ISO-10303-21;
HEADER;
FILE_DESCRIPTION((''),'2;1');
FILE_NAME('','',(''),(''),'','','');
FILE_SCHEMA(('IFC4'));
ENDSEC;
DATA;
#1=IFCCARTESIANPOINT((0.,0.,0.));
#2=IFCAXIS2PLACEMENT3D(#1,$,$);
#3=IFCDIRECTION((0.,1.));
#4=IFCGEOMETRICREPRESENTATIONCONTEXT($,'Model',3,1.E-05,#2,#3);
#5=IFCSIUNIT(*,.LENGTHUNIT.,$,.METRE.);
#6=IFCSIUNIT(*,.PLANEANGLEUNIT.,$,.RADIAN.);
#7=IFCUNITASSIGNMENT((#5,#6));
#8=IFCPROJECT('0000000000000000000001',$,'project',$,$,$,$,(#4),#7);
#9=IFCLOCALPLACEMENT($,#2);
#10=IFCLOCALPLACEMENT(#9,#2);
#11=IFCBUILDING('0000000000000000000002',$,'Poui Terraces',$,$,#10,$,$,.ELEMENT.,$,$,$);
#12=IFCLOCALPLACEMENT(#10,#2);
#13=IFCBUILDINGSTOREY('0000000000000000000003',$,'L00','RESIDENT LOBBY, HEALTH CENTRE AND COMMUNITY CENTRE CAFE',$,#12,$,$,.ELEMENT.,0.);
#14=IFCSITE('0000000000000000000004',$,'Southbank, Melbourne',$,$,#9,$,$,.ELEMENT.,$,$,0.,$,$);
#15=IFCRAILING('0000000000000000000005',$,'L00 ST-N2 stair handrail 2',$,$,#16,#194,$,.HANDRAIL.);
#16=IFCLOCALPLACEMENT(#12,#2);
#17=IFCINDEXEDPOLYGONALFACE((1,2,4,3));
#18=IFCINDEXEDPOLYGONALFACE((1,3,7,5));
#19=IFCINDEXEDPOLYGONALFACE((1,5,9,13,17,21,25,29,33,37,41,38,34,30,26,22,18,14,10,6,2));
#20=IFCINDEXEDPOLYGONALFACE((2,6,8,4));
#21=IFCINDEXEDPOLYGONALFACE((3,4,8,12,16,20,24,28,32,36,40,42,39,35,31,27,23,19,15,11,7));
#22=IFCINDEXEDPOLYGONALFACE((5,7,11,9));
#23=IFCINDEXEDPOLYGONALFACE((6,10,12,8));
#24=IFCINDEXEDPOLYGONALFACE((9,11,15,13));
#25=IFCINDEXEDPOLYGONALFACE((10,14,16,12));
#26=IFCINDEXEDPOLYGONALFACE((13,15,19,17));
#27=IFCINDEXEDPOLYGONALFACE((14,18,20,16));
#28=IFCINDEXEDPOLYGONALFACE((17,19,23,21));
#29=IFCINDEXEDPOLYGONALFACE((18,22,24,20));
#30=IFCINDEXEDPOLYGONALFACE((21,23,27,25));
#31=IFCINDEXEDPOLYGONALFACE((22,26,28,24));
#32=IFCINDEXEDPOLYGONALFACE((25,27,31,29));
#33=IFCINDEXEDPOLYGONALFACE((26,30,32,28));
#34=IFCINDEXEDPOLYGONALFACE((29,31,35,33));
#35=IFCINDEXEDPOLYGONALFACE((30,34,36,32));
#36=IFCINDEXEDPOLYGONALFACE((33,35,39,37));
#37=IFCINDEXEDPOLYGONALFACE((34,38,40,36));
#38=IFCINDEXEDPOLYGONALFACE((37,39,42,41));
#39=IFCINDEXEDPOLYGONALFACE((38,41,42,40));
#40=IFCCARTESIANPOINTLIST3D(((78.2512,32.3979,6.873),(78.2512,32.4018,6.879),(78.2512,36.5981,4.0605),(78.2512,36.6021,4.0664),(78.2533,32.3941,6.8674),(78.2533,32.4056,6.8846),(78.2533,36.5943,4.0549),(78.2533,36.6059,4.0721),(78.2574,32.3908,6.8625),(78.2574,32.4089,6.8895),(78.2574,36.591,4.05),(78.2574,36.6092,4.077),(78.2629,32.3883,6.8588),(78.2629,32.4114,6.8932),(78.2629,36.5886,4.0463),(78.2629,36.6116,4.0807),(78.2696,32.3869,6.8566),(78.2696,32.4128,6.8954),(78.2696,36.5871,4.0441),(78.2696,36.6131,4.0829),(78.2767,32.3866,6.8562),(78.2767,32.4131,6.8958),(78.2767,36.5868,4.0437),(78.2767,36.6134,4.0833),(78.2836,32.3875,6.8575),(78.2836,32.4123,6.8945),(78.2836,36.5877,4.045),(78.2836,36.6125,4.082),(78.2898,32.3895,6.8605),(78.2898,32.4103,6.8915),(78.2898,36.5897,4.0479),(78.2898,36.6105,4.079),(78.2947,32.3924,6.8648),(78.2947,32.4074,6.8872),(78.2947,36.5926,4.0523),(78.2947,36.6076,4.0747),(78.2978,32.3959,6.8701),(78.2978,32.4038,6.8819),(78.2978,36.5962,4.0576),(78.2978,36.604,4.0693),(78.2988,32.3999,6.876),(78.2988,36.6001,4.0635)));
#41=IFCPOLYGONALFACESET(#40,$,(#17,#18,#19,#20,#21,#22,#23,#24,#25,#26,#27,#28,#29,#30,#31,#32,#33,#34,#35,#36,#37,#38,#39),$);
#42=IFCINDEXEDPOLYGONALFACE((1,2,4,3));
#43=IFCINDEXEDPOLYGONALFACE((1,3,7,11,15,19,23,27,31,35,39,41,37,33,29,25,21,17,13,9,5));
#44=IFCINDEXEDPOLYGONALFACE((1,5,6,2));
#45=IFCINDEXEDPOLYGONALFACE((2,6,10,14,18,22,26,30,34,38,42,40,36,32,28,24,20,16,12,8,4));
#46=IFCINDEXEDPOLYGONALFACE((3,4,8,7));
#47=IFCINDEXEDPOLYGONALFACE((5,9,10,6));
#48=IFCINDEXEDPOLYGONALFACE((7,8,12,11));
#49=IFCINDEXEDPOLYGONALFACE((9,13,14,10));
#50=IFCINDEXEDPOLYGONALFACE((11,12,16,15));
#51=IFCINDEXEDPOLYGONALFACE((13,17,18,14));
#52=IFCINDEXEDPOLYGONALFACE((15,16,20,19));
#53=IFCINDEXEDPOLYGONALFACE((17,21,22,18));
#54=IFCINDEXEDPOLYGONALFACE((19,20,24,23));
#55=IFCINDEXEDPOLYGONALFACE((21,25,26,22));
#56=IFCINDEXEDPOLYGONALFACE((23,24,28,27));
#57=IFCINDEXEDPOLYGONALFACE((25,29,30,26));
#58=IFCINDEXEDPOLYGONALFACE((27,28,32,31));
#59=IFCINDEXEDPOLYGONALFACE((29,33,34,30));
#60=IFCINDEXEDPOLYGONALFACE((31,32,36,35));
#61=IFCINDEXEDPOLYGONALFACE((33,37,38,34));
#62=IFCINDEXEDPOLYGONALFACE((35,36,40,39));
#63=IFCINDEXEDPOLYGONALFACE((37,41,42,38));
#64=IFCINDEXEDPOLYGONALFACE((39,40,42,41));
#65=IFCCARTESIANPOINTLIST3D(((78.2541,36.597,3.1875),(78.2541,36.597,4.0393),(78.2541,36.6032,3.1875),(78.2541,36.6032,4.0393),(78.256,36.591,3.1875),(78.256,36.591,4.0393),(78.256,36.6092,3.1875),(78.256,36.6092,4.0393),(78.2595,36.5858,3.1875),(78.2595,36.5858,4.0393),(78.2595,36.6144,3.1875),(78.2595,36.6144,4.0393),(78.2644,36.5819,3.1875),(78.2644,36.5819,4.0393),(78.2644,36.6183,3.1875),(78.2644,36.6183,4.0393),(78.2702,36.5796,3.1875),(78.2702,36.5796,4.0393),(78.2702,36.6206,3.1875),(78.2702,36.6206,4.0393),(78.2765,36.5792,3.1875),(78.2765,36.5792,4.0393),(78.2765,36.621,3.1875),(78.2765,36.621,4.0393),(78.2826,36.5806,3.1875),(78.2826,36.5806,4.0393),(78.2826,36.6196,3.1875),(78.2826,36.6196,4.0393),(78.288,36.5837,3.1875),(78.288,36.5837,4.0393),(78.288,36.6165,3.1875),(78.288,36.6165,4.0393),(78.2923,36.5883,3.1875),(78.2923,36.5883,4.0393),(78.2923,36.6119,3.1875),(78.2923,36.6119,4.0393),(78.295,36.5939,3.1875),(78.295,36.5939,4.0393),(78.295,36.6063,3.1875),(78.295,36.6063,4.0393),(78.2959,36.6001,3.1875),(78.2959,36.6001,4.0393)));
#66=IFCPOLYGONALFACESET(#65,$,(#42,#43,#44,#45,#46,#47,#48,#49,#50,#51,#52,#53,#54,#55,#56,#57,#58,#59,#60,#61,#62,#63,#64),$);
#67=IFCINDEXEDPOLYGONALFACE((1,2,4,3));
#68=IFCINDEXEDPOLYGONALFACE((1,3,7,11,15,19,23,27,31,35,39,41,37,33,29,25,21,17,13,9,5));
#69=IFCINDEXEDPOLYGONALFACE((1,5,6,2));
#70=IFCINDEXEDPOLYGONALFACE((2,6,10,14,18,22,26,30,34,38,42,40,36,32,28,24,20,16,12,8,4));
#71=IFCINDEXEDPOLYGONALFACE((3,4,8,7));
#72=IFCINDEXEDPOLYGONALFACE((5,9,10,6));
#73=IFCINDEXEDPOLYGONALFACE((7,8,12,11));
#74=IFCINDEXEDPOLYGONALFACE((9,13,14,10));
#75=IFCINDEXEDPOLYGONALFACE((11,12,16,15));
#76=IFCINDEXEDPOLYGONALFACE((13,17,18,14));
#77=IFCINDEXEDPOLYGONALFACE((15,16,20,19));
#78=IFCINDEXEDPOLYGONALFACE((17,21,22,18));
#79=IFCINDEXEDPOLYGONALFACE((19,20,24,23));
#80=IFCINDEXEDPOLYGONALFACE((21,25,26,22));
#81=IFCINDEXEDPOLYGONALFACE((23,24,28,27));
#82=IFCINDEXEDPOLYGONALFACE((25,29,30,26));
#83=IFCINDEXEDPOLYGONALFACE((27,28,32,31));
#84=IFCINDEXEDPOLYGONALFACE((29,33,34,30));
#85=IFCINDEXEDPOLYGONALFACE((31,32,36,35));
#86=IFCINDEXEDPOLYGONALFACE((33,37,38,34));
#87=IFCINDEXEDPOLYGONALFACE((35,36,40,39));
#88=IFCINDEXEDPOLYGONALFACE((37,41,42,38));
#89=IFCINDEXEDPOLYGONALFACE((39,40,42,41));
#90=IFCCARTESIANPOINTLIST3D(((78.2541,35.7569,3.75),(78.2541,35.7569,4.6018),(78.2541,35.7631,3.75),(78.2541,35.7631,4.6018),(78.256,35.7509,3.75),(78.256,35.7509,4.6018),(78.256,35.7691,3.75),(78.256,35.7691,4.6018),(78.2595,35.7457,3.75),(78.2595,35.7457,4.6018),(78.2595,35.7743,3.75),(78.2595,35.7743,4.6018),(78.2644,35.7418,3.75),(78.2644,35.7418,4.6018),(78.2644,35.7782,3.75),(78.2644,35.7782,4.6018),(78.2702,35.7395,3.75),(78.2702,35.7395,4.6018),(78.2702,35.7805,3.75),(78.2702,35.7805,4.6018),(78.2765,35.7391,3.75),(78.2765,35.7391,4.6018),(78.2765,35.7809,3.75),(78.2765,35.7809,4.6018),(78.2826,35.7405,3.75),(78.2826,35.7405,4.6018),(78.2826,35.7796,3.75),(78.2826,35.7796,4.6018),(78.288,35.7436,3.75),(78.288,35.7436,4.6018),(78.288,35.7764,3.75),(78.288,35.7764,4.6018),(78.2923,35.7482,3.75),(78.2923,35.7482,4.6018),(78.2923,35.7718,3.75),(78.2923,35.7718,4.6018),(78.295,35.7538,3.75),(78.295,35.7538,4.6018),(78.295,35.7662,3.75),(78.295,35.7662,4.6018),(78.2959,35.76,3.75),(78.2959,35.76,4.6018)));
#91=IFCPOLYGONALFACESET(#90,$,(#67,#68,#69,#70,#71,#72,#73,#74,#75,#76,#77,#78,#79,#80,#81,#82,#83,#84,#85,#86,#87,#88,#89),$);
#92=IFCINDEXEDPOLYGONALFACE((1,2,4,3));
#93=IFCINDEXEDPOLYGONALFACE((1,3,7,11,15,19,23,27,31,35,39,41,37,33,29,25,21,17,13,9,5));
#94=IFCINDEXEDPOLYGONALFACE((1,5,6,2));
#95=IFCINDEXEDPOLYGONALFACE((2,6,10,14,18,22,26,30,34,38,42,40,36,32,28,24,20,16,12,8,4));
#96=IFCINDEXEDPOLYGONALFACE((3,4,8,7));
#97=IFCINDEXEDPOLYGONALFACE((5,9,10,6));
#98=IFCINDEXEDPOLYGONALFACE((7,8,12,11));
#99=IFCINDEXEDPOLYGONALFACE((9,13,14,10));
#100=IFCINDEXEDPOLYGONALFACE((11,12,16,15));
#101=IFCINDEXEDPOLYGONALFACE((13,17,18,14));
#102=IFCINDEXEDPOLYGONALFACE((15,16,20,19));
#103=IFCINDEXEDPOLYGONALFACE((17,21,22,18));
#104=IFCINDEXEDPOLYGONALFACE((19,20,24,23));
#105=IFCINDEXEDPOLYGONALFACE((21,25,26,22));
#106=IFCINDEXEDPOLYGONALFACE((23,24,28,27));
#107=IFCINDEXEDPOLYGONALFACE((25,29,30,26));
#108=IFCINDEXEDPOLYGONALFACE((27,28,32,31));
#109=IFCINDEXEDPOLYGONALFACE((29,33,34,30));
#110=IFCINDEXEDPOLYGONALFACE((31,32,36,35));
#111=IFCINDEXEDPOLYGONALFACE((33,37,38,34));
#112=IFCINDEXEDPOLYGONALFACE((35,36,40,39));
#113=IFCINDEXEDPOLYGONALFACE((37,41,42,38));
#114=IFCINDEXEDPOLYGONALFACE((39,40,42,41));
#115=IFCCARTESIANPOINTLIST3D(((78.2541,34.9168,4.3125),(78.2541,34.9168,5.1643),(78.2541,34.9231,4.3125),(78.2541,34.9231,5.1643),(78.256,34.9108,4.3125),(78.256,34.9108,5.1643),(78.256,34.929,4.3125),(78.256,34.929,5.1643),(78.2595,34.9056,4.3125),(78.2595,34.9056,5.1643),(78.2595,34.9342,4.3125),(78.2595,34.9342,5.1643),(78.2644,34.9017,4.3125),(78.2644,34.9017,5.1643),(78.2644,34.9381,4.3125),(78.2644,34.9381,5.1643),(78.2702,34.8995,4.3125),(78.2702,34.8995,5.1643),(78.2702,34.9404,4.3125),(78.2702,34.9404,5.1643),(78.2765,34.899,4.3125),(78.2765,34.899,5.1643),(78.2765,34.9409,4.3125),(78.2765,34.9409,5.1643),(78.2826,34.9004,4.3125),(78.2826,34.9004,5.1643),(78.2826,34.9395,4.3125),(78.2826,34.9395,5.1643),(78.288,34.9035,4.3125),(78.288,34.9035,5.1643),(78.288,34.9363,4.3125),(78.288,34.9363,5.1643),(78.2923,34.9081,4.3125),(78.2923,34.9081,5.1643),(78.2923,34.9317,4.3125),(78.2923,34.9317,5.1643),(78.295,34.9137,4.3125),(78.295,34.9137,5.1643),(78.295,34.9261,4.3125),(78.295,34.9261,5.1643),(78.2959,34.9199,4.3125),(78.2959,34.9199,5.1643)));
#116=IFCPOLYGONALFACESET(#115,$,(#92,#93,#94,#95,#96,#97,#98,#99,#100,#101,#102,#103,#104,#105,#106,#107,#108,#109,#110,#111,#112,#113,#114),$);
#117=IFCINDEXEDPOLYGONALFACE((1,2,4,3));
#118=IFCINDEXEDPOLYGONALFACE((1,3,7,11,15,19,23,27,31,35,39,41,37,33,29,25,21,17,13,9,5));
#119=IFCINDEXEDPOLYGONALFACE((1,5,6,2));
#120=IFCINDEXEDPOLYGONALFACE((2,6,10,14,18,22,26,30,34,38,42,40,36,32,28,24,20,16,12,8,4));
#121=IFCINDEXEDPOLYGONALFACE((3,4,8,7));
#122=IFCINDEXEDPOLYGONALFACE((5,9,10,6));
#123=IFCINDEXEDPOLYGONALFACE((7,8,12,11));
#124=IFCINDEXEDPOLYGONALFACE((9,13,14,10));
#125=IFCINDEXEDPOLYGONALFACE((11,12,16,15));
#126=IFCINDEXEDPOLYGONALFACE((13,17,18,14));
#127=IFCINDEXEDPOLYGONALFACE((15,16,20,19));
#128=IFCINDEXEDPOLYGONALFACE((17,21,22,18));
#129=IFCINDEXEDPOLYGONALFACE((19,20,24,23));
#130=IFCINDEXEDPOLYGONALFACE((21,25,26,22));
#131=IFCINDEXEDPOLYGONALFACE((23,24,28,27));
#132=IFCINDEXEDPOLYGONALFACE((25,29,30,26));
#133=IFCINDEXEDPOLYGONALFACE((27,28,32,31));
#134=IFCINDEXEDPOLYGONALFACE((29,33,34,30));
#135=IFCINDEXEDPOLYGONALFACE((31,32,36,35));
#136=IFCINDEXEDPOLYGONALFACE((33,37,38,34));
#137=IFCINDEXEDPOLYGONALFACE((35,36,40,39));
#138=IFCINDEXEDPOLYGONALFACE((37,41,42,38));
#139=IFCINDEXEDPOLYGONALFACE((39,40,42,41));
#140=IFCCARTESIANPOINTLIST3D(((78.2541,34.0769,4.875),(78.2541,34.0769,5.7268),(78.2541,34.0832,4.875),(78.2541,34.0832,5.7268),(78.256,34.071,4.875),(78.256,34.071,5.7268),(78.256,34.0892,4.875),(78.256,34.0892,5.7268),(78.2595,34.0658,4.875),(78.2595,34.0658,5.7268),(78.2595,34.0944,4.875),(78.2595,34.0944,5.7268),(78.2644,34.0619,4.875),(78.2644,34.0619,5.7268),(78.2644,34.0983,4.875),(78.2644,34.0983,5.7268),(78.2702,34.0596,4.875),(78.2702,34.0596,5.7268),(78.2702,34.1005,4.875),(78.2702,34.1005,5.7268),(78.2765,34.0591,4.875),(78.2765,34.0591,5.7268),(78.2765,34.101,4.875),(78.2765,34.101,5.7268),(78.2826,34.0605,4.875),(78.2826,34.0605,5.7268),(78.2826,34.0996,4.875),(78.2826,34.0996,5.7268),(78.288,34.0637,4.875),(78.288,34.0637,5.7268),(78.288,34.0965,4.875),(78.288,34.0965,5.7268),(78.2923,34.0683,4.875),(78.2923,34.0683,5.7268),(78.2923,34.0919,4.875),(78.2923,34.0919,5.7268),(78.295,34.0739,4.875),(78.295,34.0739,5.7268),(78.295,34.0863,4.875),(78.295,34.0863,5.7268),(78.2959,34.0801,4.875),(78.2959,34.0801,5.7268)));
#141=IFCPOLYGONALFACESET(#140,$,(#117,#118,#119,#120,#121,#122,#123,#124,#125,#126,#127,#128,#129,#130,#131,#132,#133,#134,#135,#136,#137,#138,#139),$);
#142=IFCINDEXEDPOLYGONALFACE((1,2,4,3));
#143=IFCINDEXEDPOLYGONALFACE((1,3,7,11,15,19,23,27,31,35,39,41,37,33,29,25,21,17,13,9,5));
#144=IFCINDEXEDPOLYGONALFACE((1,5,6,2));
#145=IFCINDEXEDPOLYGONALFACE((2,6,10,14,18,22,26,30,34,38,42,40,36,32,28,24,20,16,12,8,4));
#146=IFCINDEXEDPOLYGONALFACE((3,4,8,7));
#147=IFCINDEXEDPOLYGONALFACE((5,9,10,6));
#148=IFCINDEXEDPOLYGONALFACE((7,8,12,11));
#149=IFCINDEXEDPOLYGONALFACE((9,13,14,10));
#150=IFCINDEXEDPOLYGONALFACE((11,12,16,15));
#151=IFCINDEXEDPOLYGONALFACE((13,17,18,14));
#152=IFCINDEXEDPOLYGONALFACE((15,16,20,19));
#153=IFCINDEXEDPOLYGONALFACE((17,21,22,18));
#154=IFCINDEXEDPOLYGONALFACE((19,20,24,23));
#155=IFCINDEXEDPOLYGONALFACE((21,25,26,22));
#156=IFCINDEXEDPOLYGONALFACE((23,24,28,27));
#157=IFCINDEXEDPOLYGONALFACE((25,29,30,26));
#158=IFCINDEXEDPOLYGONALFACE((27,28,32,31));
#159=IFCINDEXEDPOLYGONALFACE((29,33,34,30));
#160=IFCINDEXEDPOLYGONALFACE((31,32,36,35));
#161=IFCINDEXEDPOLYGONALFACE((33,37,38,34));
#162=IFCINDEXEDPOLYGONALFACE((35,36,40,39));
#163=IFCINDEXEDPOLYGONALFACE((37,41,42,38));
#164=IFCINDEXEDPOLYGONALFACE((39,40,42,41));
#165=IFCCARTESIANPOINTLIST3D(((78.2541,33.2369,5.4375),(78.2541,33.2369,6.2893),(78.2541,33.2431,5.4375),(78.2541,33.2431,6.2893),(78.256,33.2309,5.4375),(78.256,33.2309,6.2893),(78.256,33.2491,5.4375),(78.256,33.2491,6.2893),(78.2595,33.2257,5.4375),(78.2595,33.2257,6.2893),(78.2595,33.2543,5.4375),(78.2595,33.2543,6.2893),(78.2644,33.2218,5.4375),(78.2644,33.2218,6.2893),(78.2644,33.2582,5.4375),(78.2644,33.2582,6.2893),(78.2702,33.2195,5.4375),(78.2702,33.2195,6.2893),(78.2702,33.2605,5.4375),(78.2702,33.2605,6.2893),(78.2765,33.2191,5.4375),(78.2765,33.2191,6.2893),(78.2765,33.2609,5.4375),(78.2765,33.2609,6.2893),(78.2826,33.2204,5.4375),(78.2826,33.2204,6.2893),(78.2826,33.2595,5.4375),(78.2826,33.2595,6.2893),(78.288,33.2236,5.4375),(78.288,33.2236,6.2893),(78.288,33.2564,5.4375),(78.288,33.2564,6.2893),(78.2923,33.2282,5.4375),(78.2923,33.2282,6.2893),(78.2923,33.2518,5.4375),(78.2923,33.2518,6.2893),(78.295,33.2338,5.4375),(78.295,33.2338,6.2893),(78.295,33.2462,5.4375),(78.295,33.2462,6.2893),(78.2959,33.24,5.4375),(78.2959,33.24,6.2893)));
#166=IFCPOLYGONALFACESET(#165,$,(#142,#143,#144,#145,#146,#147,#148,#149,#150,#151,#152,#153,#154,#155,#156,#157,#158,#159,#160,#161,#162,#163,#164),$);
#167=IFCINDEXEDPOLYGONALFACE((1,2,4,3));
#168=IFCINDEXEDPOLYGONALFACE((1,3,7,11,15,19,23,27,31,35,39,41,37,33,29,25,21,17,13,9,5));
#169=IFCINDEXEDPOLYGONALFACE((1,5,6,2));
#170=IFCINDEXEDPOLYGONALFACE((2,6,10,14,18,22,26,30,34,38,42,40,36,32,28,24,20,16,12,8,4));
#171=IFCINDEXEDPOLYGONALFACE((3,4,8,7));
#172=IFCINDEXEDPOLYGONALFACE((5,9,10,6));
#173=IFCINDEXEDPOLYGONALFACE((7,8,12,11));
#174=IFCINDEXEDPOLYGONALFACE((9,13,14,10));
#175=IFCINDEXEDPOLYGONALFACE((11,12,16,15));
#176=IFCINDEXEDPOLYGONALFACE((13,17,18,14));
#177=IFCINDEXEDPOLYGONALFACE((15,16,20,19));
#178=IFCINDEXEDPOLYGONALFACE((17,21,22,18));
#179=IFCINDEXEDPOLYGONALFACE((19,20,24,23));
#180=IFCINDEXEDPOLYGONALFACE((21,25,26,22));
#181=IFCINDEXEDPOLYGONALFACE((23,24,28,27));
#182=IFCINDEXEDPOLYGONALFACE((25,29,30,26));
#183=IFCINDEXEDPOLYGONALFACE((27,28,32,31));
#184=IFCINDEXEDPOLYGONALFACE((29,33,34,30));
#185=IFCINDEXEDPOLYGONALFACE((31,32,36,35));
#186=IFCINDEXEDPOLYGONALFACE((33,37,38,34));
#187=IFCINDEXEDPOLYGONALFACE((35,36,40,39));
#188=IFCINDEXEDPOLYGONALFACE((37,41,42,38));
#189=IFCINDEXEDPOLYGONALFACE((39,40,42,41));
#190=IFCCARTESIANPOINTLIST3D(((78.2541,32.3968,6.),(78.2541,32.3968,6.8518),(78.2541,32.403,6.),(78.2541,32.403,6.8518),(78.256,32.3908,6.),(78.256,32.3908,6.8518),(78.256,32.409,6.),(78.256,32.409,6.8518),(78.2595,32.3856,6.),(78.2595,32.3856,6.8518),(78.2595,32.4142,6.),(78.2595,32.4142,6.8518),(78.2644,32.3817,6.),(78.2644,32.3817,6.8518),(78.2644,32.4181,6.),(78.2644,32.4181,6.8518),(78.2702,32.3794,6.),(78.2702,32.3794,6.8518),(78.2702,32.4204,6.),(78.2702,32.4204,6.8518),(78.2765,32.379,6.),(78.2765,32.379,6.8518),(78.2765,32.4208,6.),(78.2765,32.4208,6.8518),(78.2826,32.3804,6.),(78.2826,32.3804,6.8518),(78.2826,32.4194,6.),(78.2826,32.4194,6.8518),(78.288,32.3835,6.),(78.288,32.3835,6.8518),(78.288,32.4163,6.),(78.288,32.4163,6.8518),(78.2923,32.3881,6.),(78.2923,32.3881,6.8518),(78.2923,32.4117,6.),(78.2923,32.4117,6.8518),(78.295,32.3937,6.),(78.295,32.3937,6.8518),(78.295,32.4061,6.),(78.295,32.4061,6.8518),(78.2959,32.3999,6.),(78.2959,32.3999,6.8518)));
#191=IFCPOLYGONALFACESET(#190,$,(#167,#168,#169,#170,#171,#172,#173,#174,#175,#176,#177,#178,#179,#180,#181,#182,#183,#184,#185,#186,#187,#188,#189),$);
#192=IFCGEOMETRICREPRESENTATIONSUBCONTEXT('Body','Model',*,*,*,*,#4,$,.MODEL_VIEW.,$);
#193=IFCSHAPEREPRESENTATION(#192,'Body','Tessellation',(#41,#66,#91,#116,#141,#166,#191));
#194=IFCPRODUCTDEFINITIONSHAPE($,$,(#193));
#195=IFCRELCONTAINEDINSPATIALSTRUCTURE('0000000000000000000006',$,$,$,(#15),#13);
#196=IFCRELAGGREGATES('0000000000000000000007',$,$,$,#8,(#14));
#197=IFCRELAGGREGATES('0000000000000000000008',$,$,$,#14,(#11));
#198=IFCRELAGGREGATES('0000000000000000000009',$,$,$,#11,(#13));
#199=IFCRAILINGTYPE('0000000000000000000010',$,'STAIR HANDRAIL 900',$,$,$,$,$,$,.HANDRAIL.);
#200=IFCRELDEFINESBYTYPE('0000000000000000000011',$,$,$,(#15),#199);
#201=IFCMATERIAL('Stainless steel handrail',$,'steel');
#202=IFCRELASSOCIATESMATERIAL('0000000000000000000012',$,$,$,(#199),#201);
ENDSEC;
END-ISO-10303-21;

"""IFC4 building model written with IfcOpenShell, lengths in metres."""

from ifc_helpers import new_model, si_unit, direction, frame, origin, origin_2d, place, context, subcontext, project, spatial, circle, extrude, material, type_object, element, save


model = new_model("IFC4")

# Units and contexts
model_context = context("Model", 3, precision=1e-05, world=origin(), true_north=direction((0.0, 1.0)))
body_context = subcontext(model_context, "Body", "Model", "MODEL_VIEW")
ifc_project = project(units=[si_unit("LENGTHUNIT", "METRE"), si_unit("PLANEANGLEUNIT", "RADIAN")], contexts=[model_context])

# Site, building, storey
site_placement = place(None, origin())
site = spatial("IfcSite", under=ifc_project, at=site_placement, Name="Southbank, Melbourne", CompositionType="ELEMENT", RefElevation=0.0)
building_placement = place(site_placement, origin())
building = spatial("IfcBuilding", under=site, at=building_placement, Name="Poui Terraces", CompositionType="ELEMENT")
storey_placement = place(building_placement, origin())
storey = spatial("IfcBuildingStorey", under=building, at=storey_placement, Name="L00", Description="RESIDENT LOBBY, HEALTH CENTRE AND COMMUNITY CENTRE CAFE", CompositionType="ELEMENT", Elevation=0.0)

# Railing
ifc_material_1 = material(Name="Stainless steel handrail", Category="steel")
railing_type_1 = type_object("IfcRailingType", Name="STAIR HANDRAIL 900", PredefinedType="HANDRAIL", material=ifc_material_1)
railing_1_placement = place(storey_placement, frame((78.2749, 36.6001, 3.1875)))
element("IfcRailing", 1, at=railing_1_placement, inside=storey, type_object=railing_type_1, Name="L00 ST-N2 stair handrail 2", PredefinedType="HANDRAIL", context=body_context, shape_type="SweptSolid", body=[
    extrude(circle(Radius=0.0239, at=origin_2d()), frame((0.0, 0.0, 0.876), z_axis=(0.0, -0.830919, 0.556393), x_axis=(1.0, 0.0, 0.0)), (0.0, 0.0, 1.0), 5.0549),
    extrude(circle(Radius=0.021, at=origin_2d()), origin(), (0.0, 0.0, 1.0), 0.8518),
    extrude(circle(Radius=0.021, at=origin_2d()), frame((0.0, -0.8401, 0.5625)), (0.0, 0.0, 1.0), 0.8518),
    extrude(circle(Radius=0.021, at=origin_2d()), frame((0.0, -1.6802, 1.125)), (0.0, 0.0, 1.0), 0.8518),
    extrude(circle(Radius=0.021, at=origin_2d()), frame((0.0, -2.52, 1.6875)), (0.0, 0.0, 1.0), 0.8518),
    extrude(circle(Radius=0.021, at=origin_2d()), frame((0.0, -3.3601, 2.25)), (0.0, 0.0, 1.0), 0.8518),
    extrude(circle(Radius=0.021, at=origin_2d()), frame((0.0, -4.2002, 2.8125)), (0.0, 0.0, 1.0), 0.8518),
])

save(model, "model.ifc")
